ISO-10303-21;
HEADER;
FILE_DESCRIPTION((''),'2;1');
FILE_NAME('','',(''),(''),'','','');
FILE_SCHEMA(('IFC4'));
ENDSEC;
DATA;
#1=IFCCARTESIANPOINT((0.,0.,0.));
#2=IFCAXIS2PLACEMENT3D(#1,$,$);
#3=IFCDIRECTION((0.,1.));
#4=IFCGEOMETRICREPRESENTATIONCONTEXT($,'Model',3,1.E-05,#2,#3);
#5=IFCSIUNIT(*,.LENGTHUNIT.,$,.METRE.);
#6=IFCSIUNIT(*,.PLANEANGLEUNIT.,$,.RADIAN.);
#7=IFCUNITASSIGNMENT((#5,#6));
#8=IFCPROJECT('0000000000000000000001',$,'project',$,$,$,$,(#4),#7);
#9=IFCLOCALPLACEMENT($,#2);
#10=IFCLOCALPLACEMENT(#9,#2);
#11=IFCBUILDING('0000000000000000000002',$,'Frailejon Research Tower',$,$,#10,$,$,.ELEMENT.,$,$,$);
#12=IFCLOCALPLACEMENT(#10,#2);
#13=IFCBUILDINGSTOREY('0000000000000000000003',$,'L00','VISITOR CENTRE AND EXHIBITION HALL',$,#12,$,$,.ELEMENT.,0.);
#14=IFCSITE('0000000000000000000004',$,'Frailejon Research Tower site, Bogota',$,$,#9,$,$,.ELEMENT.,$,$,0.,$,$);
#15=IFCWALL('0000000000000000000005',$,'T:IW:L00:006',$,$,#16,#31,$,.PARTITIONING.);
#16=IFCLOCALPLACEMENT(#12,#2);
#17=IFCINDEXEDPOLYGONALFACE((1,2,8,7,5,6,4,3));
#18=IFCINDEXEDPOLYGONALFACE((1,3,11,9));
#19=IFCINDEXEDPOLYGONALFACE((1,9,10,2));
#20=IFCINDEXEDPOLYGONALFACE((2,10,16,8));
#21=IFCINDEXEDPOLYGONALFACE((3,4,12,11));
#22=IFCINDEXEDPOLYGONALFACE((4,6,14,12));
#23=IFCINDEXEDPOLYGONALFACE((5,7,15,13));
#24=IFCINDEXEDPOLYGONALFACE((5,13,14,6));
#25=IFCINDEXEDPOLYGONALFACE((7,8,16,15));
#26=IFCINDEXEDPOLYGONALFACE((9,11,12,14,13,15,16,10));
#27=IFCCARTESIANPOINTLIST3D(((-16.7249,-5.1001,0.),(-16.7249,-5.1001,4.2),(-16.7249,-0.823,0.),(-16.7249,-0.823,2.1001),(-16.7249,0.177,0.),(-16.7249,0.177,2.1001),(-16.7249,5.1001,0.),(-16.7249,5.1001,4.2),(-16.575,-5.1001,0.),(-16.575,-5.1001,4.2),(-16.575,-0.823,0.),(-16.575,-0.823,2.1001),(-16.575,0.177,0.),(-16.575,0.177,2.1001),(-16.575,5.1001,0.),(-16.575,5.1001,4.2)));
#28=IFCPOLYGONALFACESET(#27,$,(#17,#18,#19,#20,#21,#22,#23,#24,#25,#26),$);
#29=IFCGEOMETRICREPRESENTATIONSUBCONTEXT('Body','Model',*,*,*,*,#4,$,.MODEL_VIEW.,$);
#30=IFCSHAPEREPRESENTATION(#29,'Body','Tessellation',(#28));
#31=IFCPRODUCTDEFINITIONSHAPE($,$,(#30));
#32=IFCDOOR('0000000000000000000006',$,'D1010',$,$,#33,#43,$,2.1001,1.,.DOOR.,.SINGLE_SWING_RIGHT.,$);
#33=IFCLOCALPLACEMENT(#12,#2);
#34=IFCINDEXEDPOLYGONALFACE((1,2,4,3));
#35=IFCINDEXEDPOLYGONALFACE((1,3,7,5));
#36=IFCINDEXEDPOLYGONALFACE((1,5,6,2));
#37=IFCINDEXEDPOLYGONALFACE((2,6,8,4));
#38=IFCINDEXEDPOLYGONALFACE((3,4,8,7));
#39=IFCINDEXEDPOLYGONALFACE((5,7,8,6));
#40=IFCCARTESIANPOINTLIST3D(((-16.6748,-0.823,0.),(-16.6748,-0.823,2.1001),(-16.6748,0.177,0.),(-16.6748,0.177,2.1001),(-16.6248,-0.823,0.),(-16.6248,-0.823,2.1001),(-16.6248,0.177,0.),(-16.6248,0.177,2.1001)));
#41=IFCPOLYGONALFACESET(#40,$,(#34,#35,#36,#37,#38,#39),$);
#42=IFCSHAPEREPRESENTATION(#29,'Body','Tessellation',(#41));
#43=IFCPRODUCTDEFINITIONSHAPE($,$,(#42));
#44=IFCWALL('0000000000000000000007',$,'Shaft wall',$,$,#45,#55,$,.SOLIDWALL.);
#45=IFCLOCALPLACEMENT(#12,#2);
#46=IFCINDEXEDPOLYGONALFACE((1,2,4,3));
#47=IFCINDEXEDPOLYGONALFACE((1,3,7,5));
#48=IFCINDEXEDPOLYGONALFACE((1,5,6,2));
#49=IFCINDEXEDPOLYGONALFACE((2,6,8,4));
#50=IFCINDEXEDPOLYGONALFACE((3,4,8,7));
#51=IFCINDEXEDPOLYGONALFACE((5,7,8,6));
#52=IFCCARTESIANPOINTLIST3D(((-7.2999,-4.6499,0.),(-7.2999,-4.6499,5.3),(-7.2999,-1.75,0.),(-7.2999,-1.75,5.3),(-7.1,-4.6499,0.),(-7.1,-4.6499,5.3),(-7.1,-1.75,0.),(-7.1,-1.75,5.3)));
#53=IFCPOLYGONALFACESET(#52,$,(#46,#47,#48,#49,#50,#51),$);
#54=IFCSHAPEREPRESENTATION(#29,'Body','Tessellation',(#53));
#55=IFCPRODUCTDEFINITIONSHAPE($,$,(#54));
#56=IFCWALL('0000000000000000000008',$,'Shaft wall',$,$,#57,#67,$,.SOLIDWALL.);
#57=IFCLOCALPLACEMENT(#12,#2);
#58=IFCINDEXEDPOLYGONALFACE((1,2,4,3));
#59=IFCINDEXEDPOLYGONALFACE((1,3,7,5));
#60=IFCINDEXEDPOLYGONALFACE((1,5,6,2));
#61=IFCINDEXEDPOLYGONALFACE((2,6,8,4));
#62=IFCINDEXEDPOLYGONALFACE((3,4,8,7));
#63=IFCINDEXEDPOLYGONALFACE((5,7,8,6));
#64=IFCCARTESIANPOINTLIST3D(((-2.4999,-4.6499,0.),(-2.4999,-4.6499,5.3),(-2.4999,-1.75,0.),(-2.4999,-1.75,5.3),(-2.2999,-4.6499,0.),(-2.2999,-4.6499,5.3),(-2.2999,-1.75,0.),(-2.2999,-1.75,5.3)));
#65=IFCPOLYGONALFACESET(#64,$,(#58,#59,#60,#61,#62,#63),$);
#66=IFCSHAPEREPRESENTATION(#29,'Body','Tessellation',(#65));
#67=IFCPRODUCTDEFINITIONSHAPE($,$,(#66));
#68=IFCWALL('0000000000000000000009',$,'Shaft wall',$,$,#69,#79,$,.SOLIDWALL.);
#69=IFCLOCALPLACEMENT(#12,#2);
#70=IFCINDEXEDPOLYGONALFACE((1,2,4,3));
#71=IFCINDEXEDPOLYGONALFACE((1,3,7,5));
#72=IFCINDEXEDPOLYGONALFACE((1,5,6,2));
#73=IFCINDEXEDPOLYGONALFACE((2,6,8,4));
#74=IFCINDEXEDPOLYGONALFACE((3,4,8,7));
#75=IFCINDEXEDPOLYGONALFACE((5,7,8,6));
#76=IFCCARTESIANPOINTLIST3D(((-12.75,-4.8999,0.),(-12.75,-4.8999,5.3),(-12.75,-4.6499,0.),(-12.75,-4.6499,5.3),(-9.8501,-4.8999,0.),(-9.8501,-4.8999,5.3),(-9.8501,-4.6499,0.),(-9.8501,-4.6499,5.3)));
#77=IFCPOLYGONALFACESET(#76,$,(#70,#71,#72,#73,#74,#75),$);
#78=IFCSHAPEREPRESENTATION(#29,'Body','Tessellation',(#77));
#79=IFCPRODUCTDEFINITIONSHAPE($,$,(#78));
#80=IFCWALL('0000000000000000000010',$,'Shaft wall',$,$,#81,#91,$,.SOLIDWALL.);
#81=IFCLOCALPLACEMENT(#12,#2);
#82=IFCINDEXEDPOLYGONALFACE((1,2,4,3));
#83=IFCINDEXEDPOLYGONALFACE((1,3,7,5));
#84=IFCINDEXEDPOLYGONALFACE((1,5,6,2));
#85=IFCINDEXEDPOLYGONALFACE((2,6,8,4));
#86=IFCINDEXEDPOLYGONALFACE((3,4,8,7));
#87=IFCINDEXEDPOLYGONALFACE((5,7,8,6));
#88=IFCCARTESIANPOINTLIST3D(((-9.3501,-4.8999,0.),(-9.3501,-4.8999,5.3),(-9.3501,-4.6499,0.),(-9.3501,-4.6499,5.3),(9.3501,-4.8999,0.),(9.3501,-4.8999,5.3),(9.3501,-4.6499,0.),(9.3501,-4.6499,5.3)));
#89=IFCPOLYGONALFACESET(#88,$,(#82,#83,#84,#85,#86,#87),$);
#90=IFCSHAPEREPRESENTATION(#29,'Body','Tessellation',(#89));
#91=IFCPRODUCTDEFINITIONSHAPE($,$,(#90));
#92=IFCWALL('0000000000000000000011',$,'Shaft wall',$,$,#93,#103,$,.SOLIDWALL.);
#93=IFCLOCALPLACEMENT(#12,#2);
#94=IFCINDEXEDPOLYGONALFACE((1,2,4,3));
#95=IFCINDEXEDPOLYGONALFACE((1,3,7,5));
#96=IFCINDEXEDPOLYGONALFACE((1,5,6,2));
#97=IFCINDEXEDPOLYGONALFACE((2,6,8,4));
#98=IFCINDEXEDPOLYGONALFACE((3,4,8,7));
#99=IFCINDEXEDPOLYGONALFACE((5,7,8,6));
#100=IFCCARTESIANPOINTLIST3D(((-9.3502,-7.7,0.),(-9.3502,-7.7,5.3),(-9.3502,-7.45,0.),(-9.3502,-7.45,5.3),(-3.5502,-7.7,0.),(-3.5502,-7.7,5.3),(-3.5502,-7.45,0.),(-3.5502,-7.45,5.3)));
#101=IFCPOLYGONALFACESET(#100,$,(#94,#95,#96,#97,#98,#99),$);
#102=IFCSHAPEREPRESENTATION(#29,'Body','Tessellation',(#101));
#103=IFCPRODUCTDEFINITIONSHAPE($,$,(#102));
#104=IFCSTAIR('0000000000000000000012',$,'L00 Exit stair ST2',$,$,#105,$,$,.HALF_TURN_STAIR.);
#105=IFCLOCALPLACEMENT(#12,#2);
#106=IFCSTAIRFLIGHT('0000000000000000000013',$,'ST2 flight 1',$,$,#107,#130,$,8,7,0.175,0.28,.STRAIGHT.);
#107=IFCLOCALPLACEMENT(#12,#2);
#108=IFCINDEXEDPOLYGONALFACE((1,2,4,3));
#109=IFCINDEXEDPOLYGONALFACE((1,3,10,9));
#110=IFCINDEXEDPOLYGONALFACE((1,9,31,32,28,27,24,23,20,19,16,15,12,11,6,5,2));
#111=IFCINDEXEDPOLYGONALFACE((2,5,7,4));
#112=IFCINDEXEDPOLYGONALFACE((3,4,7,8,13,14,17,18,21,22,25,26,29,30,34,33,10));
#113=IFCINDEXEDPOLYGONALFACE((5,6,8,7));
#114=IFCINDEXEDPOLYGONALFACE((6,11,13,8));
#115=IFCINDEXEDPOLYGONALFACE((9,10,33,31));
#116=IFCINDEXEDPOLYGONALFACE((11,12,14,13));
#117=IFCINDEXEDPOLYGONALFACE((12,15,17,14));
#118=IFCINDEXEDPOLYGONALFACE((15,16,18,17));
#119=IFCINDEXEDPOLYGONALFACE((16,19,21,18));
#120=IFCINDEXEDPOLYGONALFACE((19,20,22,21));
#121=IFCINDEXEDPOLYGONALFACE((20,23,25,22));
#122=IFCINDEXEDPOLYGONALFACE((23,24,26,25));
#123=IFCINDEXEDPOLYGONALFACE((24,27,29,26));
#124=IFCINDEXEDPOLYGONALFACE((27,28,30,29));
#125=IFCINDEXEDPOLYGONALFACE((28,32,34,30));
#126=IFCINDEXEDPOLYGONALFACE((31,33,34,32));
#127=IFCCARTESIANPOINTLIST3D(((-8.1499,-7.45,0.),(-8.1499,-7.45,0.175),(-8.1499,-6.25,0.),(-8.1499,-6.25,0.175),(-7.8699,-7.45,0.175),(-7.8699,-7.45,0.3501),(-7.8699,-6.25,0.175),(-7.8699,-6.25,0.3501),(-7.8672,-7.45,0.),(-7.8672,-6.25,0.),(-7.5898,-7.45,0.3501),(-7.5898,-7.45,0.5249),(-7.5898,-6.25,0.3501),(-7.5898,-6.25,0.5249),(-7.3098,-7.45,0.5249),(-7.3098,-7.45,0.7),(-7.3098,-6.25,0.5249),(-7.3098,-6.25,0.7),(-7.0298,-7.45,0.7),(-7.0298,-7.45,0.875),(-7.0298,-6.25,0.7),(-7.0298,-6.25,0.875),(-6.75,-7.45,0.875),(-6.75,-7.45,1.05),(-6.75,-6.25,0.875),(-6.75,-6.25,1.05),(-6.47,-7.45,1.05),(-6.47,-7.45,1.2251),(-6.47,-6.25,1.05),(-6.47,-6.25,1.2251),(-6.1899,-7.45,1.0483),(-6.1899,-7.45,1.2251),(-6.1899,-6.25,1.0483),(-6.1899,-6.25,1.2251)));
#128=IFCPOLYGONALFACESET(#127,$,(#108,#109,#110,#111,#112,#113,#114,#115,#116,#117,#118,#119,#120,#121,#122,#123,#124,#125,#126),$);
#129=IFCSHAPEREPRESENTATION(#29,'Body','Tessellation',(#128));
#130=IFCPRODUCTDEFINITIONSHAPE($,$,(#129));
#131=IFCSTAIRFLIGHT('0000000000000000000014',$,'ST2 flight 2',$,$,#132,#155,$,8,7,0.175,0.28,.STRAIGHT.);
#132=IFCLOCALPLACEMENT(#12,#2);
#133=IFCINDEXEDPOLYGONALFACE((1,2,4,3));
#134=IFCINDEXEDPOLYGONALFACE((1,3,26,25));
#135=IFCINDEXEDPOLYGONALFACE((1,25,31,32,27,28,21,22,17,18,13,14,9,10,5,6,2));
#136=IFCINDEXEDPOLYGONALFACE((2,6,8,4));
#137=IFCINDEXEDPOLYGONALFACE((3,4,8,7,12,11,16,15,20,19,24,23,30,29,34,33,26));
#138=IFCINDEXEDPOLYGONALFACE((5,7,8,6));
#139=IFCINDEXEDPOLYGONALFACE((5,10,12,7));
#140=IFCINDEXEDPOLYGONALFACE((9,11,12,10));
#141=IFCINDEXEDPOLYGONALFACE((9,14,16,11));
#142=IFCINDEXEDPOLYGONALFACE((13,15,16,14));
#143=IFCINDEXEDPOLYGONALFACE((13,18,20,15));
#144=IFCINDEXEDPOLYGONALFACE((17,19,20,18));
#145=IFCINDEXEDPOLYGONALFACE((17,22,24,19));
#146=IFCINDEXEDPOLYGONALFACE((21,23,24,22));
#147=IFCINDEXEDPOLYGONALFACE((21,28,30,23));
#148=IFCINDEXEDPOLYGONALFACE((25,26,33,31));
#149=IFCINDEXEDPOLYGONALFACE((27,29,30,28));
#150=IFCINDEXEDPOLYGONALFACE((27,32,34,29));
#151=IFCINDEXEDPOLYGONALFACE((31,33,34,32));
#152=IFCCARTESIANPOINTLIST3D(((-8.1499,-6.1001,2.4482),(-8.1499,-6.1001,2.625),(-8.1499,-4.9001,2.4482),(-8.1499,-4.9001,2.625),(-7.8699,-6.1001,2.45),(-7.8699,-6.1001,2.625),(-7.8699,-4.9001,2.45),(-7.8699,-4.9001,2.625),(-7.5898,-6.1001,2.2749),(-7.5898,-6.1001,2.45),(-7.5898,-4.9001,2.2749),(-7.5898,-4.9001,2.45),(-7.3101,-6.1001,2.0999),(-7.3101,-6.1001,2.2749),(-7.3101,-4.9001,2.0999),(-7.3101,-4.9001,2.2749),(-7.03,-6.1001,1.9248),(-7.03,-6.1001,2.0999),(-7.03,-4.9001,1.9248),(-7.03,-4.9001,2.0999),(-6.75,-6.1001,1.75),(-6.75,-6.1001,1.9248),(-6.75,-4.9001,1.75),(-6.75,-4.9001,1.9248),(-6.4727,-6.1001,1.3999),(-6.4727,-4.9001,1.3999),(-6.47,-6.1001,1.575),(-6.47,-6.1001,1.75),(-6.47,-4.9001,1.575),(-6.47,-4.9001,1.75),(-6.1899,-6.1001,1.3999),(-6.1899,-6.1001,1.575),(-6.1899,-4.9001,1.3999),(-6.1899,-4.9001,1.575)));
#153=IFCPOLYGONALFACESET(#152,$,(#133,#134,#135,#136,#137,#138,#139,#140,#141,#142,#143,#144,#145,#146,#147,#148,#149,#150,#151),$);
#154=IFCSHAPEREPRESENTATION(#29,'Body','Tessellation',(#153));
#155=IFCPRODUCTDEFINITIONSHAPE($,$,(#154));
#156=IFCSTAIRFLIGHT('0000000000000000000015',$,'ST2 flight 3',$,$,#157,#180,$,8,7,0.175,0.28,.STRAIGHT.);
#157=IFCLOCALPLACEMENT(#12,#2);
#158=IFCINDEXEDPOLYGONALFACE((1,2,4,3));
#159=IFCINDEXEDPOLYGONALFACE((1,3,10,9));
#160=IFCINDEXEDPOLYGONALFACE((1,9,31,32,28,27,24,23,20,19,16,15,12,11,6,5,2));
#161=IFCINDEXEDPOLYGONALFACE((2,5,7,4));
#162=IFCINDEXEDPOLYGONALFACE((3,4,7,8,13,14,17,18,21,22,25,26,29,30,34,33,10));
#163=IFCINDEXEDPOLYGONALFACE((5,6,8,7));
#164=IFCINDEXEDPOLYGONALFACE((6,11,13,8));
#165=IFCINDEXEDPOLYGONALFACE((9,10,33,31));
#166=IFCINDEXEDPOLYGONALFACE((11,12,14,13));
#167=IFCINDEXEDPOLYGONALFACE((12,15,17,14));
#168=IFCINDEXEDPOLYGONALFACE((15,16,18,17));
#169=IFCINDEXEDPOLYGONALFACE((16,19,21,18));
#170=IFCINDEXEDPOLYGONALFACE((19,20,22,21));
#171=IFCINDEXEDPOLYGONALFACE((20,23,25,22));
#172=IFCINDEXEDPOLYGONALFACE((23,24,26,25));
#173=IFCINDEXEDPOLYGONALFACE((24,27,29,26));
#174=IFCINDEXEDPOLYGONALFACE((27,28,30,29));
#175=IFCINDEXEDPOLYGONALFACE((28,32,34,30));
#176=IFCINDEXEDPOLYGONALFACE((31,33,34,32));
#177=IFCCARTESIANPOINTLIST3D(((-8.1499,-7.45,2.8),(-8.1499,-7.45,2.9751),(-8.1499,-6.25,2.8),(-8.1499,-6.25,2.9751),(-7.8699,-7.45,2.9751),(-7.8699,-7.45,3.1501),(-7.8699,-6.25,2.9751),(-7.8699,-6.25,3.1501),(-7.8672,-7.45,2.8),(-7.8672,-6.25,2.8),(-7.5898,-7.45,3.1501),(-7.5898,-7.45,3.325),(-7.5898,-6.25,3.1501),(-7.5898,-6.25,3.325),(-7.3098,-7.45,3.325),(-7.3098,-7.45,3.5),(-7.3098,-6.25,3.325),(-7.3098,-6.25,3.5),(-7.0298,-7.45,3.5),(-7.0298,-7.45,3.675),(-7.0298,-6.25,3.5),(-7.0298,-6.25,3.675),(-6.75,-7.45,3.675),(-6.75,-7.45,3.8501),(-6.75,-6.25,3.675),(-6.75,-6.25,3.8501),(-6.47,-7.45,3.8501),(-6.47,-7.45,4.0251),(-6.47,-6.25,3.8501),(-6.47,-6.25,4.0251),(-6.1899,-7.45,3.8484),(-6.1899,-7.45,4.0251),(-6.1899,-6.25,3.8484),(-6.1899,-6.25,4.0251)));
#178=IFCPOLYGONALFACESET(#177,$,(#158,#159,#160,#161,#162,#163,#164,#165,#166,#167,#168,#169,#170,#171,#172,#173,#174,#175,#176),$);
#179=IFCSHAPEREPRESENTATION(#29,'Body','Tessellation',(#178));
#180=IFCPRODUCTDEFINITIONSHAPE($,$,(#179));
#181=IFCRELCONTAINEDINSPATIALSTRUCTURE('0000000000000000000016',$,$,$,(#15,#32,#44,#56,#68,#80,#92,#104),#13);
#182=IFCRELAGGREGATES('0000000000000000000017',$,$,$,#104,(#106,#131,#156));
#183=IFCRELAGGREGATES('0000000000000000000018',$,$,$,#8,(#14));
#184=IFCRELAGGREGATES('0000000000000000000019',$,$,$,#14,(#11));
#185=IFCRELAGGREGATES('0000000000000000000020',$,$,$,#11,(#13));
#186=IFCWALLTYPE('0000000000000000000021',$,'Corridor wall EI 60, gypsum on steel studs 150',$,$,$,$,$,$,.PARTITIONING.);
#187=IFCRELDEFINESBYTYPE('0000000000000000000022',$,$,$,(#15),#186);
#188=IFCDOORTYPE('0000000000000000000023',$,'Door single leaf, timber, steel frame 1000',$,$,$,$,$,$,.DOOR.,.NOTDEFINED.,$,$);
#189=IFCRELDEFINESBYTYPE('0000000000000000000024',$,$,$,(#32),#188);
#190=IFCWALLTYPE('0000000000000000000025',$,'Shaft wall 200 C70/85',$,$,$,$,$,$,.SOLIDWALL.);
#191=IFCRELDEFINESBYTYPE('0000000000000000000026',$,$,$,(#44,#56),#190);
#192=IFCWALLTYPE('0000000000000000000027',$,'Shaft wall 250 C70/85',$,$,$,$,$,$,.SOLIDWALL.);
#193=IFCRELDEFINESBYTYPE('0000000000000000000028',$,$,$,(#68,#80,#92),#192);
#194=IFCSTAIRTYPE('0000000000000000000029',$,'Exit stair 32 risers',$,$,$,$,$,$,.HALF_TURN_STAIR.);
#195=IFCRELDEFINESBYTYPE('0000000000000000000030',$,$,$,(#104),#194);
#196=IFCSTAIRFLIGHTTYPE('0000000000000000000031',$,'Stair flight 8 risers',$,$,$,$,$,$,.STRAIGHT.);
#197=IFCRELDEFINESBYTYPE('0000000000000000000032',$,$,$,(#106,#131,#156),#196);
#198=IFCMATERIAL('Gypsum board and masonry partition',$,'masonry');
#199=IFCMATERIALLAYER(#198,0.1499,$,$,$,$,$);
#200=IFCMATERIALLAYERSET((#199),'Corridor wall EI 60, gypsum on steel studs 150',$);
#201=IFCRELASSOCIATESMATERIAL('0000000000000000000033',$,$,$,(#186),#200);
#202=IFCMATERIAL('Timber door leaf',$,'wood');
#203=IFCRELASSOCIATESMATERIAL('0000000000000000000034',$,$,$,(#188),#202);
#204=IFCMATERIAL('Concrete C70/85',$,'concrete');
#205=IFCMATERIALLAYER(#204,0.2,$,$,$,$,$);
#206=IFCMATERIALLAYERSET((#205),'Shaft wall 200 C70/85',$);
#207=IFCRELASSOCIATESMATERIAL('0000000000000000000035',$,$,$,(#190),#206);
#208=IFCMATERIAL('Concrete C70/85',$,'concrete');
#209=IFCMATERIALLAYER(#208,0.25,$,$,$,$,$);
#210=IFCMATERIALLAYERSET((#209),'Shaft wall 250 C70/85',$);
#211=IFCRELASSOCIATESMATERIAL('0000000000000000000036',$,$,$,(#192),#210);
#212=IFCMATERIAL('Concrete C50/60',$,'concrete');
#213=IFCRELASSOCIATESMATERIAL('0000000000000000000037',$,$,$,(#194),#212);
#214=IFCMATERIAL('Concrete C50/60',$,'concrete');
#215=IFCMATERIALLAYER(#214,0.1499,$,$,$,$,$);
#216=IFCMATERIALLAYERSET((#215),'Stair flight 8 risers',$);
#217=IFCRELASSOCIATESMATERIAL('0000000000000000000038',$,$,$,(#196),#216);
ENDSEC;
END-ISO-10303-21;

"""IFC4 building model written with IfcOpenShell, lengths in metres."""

from ifc_helpers import new_model, si_unit, direction, frame, frame_2d, origin, place, context, subcontext, project, spatial, polyline, rectangle, outline, extrude, material, layer, layer_set, type_object, element, fill, aggregate, save


model = new_model("IFC4")

# Units and contexts
model_context = context("Model", 3, precision=1e-05, world=origin(), true_north=direction((0.0, 1.0)))
body_context = subcontext(model_context, "Body", "Model", "MODEL_VIEW")
ifc_project = project(units=[si_unit("LENGTHUNIT", "METRE"), si_unit("PLANEANGLEUNIT", "RADIAN")], contexts=[model_context])

# Site, building, storey
site_placement = place(None, origin())
site = spatial("IfcSite", under=ifc_project, at=site_placement, Name="Frailejon Research Tower site, Bogota", CompositionType="ELEMENT", RefElevation=0.0)
building_placement = place(site_placement, origin())
building = spatial("IfcBuilding", under=site, at=building_placement, Name="Frailejon Research Tower", CompositionType="ELEMENT")
storey_placement = place(building_placement, origin())
storey = spatial("IfcBuildingStorey", under=building, at=storey_placement, Name="L00", Description="VISITOR CENTRE AND EXHIBITION HALL", CompositionType="ELEMENT", Elevation=0.0)

# Wall, opening, door
ifc_material_1 = material(Name="Gypsum board and masonry partition", Category="masonry")
ifc_layer_1 = layer(ifc_material_1, 0.1499)
ifc_layer_set_1 = layer_set([ifc_layer_1], Name="Corridor wall EI 60, gypsum on steel studs 150")
wall_type_1 = type_object("IfcWallType", Name="Corridor wall EI 60, gypsum on steel studs 150", PredefinedType="PARTITIONING", material=ifc_layer_set_1)
wall_1_placement = place(storey_placement, frame((-16.6499, -5.1001, 0.0), z_axis=(0.0, 0.0, 1.0), x_axis=(0.0, 1.0, 0.0)))
wall_1 = element("IfcWall", 1, at=wall_1_placement, inside=storey, type_object=wall_type_1, Name="T:IW:L00:006", PredefinedType="PARTITIONING", context=body_context, shape_type="SweptSolid", body=[
    extrude(rectangle(XDim=10.2002, YDim=0.1499, at=frame_2d((5.1001, 0.0))), origin(), (0.0, 0.0, 1.0), 4.2),
])
opening_placement = place(wall_1_placement, frame((4.2771, 0.0, 0.0)))
opening = element("IfcOpeningElement", 2, at=opening_placement, cuts=wall_1, PredefinedType="OPENING", context=body_context, shape_type="SweptSolid", body=[
    extrude(rectangle(XDim=1.0, YDim=2.1001, at=frame_2d((0.5, 1.05))), frame((0.0, 0.085, 0.0), z_axis=(0.0, -1.0, 0.0), x_axis=(1.0, 0.0, 0.0)), (0.0, 0.0, 1.0), 0.1699),
])
ifc_material_2 = material(Name="Timber door leaf", Category="wood")
door_type = type_object("IfcDoorType", Name="Door single leaf, timber, steel frame 1000", OperationType="NOTDEFINED", PredefinedType="DOOR", material=ifc_material_2)
door_placement = place(opening_placement, origin())
door = element("IfcDoor", 3, at=door_placement, inside=storey, type_object=door_type, Name="D1010", OperationType="SINGLE_SWING_RIGHT", OverallHeight=2.1001, OverallWidth=1.0, PredefinedType="DOOR", context=body_context, shape_type="SweptSolid", body=[
    extrude(rectangle(XDim=1.0, YDim=2.1001, at=frame_2d((0.5, 1.05))), frame((0.0, 0.0249, 0.0), z_axis=(0.0, -1.0, 0.0), x_axis=(1.0, 0.0, 0.0)), (0.0, 0.0, 1.0), 0.05),
])
fill(opening, door)

# Walls
ifc_material_3 = material(Name="Concrete C70/85", Category="concrete")
ifc_layer_2 = layer(ifc_material_3, 0.2)
ifc_layer_set_2 = layer_set([ifc_layer_2], Name="Shaft wall 200 C70/85")
wall_type_2 = type_object("IfcWallType", Name="Shaft wall 200 C70/85", PredefinedType="SOLIDWALL", material=ifc_layer_set_2)
for number, where, z_axis, x_axis, name in (
    (4, (-7.2, -4.6499, 0.0), (0.0, 0.0, 1.0), (0.0, 1.0, 0.0), "Shaft wall"),
    (5, (-2.3999, -4.6499, 0.0), (0.0, 0.0, 1.0), (0.0, 1.0, 0.0), "Shaft wall"),
):
    element("IfcWall", number, at=place(storey_placement, frame(where, z_axis=z_axis, x_axis=x_axis)), inside=storey, type_object=wall_type_2, Name=name, PredefinedType="SOLIDWALL", context=body_context, shape_type="SweptSolid", body=[
        extrude(rectangle(XDim=2.8999, YDim=0.2, at=frame_2d((1.45, 0.0))), origin(), (0.0, 0.0, 1.0), 5.3),
    ])
ifc_material_4 = material(Name="Concrete C70/85", Category="concrete")
ifc_layer_3 = layer(ifc_material_4, 0.25)
ifc_layer_set_3 = layer_set([ifc_layer_3], Name="Shaft wall 250 C70/85")
wall_type_3 = type_object("IfcWallType", Name="Shaft wall 250 C70/85", PredefinedType="SOLIDWALL", material=ifc_layer_set_3)
wall_2_placement = place(storey_placement, frame((-12.75, -4.7749, 0.0), z_axis=(0.0, 0.0, 1.0), x_axis=(1.0, 0.0, 0.0)))
element("IfcWall", 6, at=wall_2_placement, inside=storey, type_object=wall_type_3, Name="Shaft wall", PredefinedType="SOLIDWALL", context=body_context, shape_type="SweptSolid", body=[
    extrude(rectangle(XDim=2.8999, YDim=0.25, at=frame_2d((1.45, 0.0))), origin(), (0.0, 0.0, 1.0), 5.3),
])
wall_3_placement = place(storey_placement, frame((-9.3501, -4.7749, 0.0), z_axis=(0.0, 0.0, 1.0), x_axis=(1.0, 0.0, 0.0)))
element("IfcWall", 7, at=wall_3_placement, inside=storey, type_object=wall_type_3, Name="Shaft wall", PredefinedType="SOLIDWALL", context=body_context, shape_type="SweptSolid", body=[
    extrude(rectangle(XDim=18.7002, YDim=0.25, at=frame_2d((9.3501, 0.0))), origin(), (0.0, 0.0, 1.0), 5.3),
])
wall_4_placement = place(storey_placement, frame((-9.3501, -7.575, 0.0), z_axis=(0.0, 0.0, 1.0), x_axis=(1.0, 0.0, 0.0)))
element("IfcWall", 8, at=wall_4_placement, inside=storey, type_object=wall_type_3, Name="Shaft wall", PredefinedType="SOLIDWALL", context=body_context, shape_type="SweptSolid", body=[
    extrude(rectangle(XDim=5.8, YDim=0.25, at=frame_2d((2.8999, 0.0))), origin(), (0.0, 0.0, 1.0), 5.3),
])

# Stair, stair flights
ifc_material_5 = material(Name="Concrete C50/60", Category="concrete")
stair_type = type_object("IfcStairType", Name="Exit stair 32 risers", PredefinedType="HALF_TURN_STAIR", material=ifc_material_5)
stair_placement = place(storey_placement, origin())
stair = element("IfcStair", 9, at=stair_placement, inside=storey, type_object=stair_type, Name="L00 Exit stair ST2", PredefinedType="HALF_TURN_STAIR")
ifc_material_6 = material(Name="Concrete C50/60", Category="concrete")
ifc_layer_4 = layer(ifc_material_6, 0.1499)
ifc_layer_set_4 = layer_set([ifc_layer_4], Name="Stair flight 8 risers")
stair_flight_type = type_object("IfcStairFlightType", Name="Stair flight 8 risers", PredefinedType="STRAIGHT", material=ifc_layer_set_4)
stair_flight_1_placement = place(storey_placement, frame((-8.1499, -6.8501, 0.0), z_axis=(0.0, 0.0, 1.0), x_axis=(1.0, 0.0, 0.0)))
stair_flight_1 = element("IfcStairFlight", 10, at=stair_flight_1_placement, type_object=stair_flight_type, Name="ST2 flight 1", NumberOfRisers=8, NumberOfTreads=7, PredefinedType="STRAIGHT", RiserHeight=0.175, TreadLength=0.28, context=body_context, shape_type="SweptSolid", body=[
    extrude(outline(polyline([(0.0, 0.0), (0.0, 0.175), (0.28, 0.175), (0.28, 0.3501), (0.5601, 0.3501), (0.5601, 0.5249), (0.8401, 0.5249), (0.8401, 0.7), (1.1201, 0.7), (1.1201, 0.875), (1.3999, 0.875), (1.3999, 1.05), (1.6799, 1.05), (1.6799, 1.2251), (1.96, 1.2251), (1.96, 1.3999), (1.96, 1.0483), (0.2827, 0.0), (0.0, 0.0)])), frame((0.0, 0.6001, 0.0), z_axis=(0.0, -1.0, 0.0), x_axis=(1.0, 0.0, 0.0)), (0.0, 0.0, 1.0), 1.2),
])
stair_flight_2_placement = place(storey_placement, frame((-6.1899, -5.5, 1.3999), z_axis=(0.0, 0.0, 1.0), x_axis=(-1.0, 0.0, 0.0)))
stair_flight_2 = element("IfcStairFlight", 11, at=stair_flight_2_placement, type_object=stair_flight_type, Name="ST2 flight 2", NumberOfRisers=8, NumberOfTreads=7, PredefinedType="STRAIGHT", RiserHeight=0.175, TreadLength=0.28, context=body_context, shape_type="SweptSolid", body=[
    extrude(outline(polyline([(0.0, 0.0), (0.0, 0.175), (0.28, 0.175), (0.28, 0.3501), (0.5601, 0.3501), (0.5601, 0.5249), (0.8401, 0.5249), (0.8401, 0.7), (1.1201, 0.7), (1.1201, 0.875), (1.3999, 0.875), (1.3999, 1.05), (1.6799, 1.05), (1.6799, 1.2251), (1.96, 1.2251), (1.96, 1.3999), (1.96, 1.0483), (0.2827, 0.0), (0.0, 0.0)])), frame((0.0, 0.6001, 0.0), z_axis=(0.0, -1.0, 0.0), x_axis=(1.0, 0.0, 0.0)), (0.0, 0.0, 1.0), 1.2),
])
stair_flight_3_placement = place(storey_placement, frame((-8.1499, -6.8501, 2.8), z_axis=(0.0, 0.0, 1.0), x_axis=(1.0, 0.0, 0.0)))
stair_flight_3 = element("IfcStairFlight", 12, at=stair_flight_3_placement, type_object=stair_flight_type, Name="ST2 flight 3", NumberOfRisers=8, NumberOfTreads=7, PredefinedType="STRAIGHT", RiserHeight=0.175, TreadLength=0.28, context=body_context, shape_type="SweptSolid", body=[
    extrude(outline(polyline([(0.0, 0.0), (0.0, 0.175), (0.28, 0.175), (0.28, 0.3501), (0.5601, 0.3501), (0.5601, 0.5249), (0.8401, 0.5249), (0.8401, 0.7), (1.1201, 0.7), (1.1201, 0.875), (1.3999, 0.875), (1.3999, 1.05), (1.6799, 1.05), (1.6799, 1.2251), (1.96, 1.2251), (1.96, 1.3999), (1.96, 1.0483), (0.2827, 0.0), (0.0, 0.0)])), frame((0.0, 0.6001, 0.0), z_axis=(0.0, -1.0, 0.0), x_axis=(1.0, 0.0, 0.0)), (0.0, 0.0, 1.0), 1.2),
])
aggregate(stair, [stair_flight_1, stair_flight_2, stair_flight_3])

save(model, "model.ifc")
